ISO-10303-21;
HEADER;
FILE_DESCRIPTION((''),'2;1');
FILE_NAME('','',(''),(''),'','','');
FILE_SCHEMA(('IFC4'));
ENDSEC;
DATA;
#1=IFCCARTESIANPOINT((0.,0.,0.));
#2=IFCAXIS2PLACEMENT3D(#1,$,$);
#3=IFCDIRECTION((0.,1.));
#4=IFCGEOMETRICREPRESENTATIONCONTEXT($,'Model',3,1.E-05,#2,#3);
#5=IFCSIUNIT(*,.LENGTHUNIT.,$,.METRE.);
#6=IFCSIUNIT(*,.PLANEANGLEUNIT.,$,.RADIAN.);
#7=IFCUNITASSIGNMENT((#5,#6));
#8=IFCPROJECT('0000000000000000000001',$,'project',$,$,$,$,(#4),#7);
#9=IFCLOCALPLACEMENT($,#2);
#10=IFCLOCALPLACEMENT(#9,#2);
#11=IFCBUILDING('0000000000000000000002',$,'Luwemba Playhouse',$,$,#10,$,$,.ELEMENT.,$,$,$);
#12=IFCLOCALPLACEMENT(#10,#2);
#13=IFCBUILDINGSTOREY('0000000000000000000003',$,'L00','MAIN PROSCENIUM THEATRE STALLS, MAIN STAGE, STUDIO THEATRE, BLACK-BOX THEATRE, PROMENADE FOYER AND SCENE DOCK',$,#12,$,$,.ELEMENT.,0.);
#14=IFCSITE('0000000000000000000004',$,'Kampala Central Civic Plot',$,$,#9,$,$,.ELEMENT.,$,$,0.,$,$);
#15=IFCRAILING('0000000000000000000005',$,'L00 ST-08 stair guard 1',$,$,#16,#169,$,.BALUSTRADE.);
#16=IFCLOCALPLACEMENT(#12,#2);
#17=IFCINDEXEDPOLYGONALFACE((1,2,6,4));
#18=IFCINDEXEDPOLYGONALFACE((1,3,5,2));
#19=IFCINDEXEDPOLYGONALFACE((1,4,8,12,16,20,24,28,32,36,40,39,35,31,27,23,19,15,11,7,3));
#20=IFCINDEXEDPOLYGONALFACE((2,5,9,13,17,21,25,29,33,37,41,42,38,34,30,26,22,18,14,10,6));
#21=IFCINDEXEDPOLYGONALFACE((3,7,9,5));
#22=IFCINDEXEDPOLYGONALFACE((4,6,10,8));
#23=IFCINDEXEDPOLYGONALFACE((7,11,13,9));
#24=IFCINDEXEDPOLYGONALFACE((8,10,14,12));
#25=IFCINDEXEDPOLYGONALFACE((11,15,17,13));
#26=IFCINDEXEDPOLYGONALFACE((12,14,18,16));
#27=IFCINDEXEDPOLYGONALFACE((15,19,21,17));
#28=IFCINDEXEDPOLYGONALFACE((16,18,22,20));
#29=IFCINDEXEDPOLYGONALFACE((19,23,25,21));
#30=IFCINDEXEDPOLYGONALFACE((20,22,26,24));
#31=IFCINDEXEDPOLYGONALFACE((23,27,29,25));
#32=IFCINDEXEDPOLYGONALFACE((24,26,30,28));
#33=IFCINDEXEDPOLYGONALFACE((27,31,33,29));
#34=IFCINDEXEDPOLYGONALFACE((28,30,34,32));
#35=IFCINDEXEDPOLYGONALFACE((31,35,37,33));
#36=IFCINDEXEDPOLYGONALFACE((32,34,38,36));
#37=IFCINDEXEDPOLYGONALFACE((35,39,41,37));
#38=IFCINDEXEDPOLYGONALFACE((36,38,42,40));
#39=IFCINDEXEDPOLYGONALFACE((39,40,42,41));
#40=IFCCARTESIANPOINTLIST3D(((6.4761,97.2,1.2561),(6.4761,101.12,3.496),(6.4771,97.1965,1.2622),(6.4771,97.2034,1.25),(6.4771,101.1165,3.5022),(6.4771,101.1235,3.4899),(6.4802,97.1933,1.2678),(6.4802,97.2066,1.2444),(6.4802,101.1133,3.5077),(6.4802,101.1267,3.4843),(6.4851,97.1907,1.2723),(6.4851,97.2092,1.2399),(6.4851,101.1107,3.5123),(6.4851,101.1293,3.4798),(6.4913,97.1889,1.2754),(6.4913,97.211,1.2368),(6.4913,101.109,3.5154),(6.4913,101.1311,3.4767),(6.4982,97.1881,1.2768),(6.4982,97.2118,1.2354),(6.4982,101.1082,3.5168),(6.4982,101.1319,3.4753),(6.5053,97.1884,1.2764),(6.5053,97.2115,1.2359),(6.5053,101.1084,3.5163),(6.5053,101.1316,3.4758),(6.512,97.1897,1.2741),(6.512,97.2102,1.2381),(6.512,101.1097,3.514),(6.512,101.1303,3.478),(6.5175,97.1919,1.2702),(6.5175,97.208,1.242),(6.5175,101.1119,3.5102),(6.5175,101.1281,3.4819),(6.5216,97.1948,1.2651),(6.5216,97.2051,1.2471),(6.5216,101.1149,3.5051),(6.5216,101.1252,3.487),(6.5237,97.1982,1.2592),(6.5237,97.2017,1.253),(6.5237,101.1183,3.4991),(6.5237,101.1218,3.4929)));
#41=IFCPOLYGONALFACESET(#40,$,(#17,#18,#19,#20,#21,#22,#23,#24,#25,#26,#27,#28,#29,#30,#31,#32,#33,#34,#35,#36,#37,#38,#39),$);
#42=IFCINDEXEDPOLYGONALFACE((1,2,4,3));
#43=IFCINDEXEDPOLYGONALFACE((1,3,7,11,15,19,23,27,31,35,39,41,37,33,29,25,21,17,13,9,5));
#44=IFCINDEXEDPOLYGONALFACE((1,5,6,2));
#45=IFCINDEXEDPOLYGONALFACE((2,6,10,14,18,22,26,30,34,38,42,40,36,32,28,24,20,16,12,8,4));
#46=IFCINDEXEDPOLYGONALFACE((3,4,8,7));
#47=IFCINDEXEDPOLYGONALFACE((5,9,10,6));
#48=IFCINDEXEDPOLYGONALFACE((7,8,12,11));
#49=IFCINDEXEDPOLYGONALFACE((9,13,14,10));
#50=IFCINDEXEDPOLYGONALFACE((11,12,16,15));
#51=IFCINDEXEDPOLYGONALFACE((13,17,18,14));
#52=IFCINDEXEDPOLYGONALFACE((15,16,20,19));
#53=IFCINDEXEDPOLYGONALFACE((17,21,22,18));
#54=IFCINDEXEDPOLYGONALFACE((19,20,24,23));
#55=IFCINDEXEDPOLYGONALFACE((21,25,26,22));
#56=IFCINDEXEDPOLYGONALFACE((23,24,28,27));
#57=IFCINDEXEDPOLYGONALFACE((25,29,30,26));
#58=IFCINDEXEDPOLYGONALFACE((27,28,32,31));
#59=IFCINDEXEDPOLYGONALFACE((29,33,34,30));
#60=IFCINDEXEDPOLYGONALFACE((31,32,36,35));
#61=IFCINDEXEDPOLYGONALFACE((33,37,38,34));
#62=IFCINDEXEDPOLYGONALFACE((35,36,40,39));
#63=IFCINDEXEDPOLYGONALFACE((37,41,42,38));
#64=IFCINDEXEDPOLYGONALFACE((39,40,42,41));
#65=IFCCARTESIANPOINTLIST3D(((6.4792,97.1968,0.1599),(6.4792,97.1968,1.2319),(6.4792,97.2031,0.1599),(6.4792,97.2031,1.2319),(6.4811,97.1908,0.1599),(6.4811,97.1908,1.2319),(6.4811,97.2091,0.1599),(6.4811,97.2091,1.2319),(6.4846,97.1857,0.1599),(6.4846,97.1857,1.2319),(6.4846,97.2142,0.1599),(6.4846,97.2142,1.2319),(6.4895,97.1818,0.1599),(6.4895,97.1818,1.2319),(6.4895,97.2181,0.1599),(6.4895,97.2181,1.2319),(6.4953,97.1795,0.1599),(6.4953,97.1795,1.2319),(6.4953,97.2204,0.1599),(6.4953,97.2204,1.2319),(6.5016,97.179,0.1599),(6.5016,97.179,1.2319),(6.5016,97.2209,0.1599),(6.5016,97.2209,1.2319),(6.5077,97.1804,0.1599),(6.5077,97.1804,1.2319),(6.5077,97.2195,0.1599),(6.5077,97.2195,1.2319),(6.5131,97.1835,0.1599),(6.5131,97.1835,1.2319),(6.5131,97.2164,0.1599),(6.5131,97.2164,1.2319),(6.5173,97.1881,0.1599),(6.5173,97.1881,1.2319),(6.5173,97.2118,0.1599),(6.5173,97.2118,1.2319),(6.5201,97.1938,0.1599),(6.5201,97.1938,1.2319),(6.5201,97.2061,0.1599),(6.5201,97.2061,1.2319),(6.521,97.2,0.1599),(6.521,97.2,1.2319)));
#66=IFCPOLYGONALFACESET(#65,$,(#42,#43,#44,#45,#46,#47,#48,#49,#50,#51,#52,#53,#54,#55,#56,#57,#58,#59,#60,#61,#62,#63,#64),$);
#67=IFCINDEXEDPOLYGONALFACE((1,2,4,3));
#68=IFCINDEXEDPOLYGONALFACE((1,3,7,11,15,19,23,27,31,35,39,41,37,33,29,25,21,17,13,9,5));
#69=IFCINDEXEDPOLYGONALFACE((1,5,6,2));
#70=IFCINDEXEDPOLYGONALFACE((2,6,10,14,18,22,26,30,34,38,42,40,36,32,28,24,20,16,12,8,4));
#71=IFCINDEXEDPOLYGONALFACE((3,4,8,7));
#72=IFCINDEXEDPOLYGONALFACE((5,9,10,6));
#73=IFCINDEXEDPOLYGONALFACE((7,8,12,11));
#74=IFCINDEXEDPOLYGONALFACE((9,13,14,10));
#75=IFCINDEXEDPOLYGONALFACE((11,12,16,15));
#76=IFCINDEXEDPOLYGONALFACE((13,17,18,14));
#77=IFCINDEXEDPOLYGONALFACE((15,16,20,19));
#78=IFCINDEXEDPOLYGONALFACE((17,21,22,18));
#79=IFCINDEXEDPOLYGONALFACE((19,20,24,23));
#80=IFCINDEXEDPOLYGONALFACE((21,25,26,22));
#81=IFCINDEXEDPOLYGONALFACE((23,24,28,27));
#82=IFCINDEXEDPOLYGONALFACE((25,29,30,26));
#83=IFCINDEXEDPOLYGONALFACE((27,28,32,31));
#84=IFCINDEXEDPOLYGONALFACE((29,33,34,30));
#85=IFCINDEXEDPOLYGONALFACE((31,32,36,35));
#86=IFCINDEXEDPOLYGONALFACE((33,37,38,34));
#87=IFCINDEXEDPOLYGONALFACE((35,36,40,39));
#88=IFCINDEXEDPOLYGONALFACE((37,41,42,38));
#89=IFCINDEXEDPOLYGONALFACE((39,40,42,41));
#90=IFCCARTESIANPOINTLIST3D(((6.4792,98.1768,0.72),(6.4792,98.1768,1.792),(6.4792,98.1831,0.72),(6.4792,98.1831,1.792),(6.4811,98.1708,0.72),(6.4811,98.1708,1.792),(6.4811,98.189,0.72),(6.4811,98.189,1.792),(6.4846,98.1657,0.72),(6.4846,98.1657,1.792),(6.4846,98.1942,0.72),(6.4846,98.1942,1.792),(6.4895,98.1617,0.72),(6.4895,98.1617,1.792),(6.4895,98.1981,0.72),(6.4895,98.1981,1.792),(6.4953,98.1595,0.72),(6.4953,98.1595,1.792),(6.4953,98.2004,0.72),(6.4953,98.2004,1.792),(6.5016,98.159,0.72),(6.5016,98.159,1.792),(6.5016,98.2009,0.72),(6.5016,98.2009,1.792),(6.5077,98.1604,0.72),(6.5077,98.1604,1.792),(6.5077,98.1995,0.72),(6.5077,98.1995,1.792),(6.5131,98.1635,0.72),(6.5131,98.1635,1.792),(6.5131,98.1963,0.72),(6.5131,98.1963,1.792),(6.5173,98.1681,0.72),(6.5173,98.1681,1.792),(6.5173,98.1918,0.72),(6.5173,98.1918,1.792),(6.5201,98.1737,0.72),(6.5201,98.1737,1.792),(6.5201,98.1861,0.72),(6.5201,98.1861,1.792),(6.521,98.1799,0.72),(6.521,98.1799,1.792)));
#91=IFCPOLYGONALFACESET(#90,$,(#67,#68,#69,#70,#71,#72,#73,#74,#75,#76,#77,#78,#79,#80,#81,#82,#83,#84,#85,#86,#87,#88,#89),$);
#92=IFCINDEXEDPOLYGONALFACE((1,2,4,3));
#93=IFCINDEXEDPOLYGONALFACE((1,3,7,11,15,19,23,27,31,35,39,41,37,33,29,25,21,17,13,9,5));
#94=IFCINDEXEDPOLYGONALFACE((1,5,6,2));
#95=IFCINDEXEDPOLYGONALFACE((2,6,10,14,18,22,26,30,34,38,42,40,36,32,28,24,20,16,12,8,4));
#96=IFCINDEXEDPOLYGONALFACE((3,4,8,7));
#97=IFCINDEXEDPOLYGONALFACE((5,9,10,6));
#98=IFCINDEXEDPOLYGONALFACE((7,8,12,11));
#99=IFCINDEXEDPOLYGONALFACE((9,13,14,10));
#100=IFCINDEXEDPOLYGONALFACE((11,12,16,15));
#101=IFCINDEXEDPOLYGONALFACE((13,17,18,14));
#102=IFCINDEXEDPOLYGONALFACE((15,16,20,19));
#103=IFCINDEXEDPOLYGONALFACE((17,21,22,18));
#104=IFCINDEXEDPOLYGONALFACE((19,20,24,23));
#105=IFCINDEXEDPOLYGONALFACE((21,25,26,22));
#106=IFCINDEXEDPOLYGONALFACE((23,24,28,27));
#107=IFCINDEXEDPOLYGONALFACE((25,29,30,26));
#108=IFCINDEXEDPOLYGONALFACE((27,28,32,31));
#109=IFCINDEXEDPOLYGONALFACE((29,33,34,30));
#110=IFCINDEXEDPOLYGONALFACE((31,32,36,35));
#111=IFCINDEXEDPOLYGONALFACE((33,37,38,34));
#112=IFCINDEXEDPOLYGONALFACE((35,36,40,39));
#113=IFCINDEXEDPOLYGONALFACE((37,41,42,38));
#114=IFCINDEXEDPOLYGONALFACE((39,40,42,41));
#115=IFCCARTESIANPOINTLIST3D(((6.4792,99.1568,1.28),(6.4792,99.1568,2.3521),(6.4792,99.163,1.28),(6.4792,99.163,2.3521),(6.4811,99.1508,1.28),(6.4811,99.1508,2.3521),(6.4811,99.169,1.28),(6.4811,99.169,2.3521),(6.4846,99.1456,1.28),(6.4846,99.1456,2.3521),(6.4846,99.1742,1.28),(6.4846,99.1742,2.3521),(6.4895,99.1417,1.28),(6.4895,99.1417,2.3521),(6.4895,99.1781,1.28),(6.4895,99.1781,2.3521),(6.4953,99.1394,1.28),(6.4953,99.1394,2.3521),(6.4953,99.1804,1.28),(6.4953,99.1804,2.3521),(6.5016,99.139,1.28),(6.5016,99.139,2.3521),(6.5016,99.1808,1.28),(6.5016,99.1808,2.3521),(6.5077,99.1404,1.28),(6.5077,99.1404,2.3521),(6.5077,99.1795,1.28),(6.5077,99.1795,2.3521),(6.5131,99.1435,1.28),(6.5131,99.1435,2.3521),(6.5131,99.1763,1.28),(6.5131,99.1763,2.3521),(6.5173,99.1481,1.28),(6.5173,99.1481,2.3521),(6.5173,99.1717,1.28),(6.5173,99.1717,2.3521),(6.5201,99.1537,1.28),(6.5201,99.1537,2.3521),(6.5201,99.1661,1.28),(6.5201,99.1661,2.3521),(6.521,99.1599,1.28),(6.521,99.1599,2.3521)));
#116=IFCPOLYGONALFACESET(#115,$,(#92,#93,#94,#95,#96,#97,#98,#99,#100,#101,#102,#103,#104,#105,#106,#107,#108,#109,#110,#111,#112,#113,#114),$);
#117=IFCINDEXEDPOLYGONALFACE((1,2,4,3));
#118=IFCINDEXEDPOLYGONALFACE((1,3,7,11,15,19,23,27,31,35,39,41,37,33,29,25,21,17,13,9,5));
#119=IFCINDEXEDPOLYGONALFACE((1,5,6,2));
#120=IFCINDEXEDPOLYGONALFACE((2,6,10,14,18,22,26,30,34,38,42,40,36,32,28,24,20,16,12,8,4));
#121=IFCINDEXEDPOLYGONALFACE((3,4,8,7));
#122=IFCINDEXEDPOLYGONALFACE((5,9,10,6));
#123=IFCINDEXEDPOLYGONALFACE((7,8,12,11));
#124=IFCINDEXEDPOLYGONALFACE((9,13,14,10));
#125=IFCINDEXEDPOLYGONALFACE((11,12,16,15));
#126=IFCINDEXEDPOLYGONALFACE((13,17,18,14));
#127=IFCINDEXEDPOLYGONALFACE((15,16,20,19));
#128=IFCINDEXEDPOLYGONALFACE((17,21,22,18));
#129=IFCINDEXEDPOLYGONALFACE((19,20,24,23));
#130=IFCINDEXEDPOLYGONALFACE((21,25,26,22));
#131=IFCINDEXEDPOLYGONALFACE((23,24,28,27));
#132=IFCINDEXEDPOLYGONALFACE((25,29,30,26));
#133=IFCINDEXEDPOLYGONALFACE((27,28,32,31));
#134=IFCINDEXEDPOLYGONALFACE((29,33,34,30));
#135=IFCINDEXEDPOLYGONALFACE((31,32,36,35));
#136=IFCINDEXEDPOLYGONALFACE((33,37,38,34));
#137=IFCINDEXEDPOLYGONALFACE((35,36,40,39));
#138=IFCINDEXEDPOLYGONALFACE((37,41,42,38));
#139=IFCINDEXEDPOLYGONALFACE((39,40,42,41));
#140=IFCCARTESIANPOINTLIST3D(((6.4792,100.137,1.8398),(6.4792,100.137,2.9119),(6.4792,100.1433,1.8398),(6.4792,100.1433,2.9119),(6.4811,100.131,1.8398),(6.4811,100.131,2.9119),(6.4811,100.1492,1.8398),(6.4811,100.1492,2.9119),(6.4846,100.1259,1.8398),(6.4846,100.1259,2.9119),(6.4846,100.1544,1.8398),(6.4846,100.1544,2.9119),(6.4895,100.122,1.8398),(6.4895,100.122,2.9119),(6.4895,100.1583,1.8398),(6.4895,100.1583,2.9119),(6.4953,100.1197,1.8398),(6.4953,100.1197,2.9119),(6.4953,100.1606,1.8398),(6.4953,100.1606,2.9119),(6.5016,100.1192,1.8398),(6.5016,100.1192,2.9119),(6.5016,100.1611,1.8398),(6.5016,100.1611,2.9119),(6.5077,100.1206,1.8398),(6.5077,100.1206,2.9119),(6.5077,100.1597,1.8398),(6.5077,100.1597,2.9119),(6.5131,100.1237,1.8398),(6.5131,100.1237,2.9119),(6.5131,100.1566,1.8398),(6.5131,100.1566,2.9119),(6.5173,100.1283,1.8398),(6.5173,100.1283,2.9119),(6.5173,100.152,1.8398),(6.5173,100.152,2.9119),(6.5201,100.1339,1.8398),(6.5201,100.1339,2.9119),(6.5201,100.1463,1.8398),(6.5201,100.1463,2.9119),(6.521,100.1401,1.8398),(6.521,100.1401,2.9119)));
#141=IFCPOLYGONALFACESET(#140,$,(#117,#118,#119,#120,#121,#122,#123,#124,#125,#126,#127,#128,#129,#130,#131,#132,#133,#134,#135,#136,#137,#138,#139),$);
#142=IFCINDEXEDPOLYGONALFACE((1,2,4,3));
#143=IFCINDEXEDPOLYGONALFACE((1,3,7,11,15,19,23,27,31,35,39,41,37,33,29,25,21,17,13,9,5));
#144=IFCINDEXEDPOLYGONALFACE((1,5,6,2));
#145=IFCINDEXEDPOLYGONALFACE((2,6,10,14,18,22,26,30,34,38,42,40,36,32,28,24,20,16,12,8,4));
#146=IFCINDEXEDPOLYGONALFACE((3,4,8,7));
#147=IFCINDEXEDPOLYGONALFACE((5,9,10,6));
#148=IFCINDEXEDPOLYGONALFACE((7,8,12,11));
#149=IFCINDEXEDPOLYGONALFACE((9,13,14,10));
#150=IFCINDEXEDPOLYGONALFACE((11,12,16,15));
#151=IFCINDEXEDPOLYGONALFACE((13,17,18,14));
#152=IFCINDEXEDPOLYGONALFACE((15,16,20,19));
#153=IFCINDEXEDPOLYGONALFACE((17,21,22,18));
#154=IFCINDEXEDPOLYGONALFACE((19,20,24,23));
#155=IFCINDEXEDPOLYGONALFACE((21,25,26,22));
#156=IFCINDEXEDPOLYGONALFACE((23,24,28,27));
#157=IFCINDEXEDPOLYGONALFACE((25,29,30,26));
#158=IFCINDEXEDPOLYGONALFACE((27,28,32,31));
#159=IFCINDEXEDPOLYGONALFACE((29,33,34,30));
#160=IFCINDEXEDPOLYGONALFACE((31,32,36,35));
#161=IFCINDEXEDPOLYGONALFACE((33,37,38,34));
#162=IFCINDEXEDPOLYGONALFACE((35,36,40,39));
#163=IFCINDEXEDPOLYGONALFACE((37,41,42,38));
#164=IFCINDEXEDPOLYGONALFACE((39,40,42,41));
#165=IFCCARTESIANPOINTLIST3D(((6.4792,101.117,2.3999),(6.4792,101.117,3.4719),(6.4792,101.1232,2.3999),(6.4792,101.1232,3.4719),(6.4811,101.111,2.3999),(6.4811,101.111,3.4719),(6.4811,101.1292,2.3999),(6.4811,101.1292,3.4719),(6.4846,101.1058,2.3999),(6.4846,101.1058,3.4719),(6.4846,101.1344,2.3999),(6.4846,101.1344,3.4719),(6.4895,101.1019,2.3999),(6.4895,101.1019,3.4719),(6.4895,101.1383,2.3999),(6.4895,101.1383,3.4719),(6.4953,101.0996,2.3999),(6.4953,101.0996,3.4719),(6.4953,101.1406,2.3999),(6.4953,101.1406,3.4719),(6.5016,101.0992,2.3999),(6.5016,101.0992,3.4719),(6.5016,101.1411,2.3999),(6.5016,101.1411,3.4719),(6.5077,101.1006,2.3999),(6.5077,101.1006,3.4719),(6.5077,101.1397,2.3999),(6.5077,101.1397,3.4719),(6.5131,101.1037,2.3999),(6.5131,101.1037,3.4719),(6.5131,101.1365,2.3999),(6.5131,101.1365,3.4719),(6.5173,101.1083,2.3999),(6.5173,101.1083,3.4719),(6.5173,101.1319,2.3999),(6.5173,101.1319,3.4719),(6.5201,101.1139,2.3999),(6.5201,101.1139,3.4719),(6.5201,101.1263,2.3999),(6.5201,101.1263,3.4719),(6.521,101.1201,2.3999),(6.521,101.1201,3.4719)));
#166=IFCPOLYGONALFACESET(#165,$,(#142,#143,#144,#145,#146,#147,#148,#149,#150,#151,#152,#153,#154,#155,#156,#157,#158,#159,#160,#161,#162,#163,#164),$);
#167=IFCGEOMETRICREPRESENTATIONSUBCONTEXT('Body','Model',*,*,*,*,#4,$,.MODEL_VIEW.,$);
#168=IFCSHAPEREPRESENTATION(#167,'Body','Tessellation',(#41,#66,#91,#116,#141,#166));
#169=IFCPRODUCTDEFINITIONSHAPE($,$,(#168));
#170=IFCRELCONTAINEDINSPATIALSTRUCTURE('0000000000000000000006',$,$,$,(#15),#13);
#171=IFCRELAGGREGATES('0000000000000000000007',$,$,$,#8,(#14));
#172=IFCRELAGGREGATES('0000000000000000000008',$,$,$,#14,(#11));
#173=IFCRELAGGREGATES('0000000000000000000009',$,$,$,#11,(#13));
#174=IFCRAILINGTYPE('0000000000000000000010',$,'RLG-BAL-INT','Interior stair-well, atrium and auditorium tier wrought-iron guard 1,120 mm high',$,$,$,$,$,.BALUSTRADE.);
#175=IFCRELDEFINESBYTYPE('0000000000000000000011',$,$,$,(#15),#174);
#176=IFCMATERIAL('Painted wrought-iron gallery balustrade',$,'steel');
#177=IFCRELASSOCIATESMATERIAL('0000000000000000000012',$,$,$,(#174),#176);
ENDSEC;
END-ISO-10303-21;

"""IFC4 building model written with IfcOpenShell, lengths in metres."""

from ifc_helpers import new_model, si_unit, direction, frame, origin, origin_2d, place, context, subcontext, project, spatial, circle, extrude, material, type_object, element, save


model = new_model("IFC4")

# Units and contexts
model_context = context("Model", 3, precision=1e-05, world=origin(), true_north=direction((0.0, 1.0)))
body_context = subcontext(model_context, "Body", "Model", "MODEL_VIEW")
ifc_project = project(units=[si_unit("LENGTHUNIT", "METRE"), si_unit("PLANEANGLEUNIT", "RADIAN")], contexts=[model_context])

# Site, building, storey
site_placement = place(None, origin())
site = spatial("IfcSite", under=ifc_project, at=site_placement, Name="Kampala Central Civic Plot", CompositionType="ELEMENT", RefElevation=0.0)
building_placement = place(site_placement, origin())
building = spatial("IfcBuilding", under=site, at=building_placement, Name="Luwemba Playhouse", CompositionType="ELEMENT")
storey_placement = place(building_placement, origin())
storey = spatial("IfcBuildingStorey", under=building, at=storey_placement, Name="L00", Description="MAIN PROSCENIUM THEATRE STALLS, MAIN STAGE, STUDIO THEATRE, BLACK-BOX THEATRE, PROMENADE FOYER AND SCENE DOCK", CompositionType="ELEMENT", Elevation=0.0)

# Railing
ifc_material_1 = material(Name="Painted wrought-iron gallery balustrade", Category="steel")
railing_type_1 = type_object("IfcRailingType", Name="RLG-BAL-INT", Description="Interior stair-well, atrium and auditorium tier wrought-iron guard 1,120 mm high", PredefinedType="BALUSTRADE", material=ifc_material_1)
railing_1_placement = place(storey_placement, frame((6.5, 97.2, 0.1599)))
element("IfcRailing", 1, at=railing_1_placement, inside=storey, type_object=railing_type_1, Name="L00 ST-08 stair guard 1", PredefinedType="BALUSTRADE", context=body_context, shape_type="SweptSolid", body=[
    extrude(circle(Radius=0.0239, at=origin_2d()), frame((0.0, 0.0, 1.0962), z_axis=(0.0, 0.868253, 0.496121), x_axis=(-1.0, 0.0, 0.0)), (0.0, 0.0, 1.0), 4.5149),
    extrude(circle(Radius=0.021, at=origin_2d()), origin(), (0.0, 0.0, 1.0), 1.072),
    extrude(circle(Radius=0.021, at=origin_2d()), frame((0.0, 0.98, 0.5601)), (0.0, 0.0, 1.0), 1.072),
    extrude(circle(Radius=0.021, at=origin_2d()), frame((0.0, 1.96, 1.1201)), (0.0, 0.0, 1.0), 1.072),
    extrude(circle(Radius=0.021, at=origin_2d()), frame((0.0, 2.9402, 1.6799)), (0.0, 0.0, 1.0), 1.072),
    extrude(circle(Radius=0.021, at=origin_2d()), frame((0.0, 3.9202, 2.24)), (0.0, 0.0, 1.0), 1.072),
])

save(model, "model.ifc")
